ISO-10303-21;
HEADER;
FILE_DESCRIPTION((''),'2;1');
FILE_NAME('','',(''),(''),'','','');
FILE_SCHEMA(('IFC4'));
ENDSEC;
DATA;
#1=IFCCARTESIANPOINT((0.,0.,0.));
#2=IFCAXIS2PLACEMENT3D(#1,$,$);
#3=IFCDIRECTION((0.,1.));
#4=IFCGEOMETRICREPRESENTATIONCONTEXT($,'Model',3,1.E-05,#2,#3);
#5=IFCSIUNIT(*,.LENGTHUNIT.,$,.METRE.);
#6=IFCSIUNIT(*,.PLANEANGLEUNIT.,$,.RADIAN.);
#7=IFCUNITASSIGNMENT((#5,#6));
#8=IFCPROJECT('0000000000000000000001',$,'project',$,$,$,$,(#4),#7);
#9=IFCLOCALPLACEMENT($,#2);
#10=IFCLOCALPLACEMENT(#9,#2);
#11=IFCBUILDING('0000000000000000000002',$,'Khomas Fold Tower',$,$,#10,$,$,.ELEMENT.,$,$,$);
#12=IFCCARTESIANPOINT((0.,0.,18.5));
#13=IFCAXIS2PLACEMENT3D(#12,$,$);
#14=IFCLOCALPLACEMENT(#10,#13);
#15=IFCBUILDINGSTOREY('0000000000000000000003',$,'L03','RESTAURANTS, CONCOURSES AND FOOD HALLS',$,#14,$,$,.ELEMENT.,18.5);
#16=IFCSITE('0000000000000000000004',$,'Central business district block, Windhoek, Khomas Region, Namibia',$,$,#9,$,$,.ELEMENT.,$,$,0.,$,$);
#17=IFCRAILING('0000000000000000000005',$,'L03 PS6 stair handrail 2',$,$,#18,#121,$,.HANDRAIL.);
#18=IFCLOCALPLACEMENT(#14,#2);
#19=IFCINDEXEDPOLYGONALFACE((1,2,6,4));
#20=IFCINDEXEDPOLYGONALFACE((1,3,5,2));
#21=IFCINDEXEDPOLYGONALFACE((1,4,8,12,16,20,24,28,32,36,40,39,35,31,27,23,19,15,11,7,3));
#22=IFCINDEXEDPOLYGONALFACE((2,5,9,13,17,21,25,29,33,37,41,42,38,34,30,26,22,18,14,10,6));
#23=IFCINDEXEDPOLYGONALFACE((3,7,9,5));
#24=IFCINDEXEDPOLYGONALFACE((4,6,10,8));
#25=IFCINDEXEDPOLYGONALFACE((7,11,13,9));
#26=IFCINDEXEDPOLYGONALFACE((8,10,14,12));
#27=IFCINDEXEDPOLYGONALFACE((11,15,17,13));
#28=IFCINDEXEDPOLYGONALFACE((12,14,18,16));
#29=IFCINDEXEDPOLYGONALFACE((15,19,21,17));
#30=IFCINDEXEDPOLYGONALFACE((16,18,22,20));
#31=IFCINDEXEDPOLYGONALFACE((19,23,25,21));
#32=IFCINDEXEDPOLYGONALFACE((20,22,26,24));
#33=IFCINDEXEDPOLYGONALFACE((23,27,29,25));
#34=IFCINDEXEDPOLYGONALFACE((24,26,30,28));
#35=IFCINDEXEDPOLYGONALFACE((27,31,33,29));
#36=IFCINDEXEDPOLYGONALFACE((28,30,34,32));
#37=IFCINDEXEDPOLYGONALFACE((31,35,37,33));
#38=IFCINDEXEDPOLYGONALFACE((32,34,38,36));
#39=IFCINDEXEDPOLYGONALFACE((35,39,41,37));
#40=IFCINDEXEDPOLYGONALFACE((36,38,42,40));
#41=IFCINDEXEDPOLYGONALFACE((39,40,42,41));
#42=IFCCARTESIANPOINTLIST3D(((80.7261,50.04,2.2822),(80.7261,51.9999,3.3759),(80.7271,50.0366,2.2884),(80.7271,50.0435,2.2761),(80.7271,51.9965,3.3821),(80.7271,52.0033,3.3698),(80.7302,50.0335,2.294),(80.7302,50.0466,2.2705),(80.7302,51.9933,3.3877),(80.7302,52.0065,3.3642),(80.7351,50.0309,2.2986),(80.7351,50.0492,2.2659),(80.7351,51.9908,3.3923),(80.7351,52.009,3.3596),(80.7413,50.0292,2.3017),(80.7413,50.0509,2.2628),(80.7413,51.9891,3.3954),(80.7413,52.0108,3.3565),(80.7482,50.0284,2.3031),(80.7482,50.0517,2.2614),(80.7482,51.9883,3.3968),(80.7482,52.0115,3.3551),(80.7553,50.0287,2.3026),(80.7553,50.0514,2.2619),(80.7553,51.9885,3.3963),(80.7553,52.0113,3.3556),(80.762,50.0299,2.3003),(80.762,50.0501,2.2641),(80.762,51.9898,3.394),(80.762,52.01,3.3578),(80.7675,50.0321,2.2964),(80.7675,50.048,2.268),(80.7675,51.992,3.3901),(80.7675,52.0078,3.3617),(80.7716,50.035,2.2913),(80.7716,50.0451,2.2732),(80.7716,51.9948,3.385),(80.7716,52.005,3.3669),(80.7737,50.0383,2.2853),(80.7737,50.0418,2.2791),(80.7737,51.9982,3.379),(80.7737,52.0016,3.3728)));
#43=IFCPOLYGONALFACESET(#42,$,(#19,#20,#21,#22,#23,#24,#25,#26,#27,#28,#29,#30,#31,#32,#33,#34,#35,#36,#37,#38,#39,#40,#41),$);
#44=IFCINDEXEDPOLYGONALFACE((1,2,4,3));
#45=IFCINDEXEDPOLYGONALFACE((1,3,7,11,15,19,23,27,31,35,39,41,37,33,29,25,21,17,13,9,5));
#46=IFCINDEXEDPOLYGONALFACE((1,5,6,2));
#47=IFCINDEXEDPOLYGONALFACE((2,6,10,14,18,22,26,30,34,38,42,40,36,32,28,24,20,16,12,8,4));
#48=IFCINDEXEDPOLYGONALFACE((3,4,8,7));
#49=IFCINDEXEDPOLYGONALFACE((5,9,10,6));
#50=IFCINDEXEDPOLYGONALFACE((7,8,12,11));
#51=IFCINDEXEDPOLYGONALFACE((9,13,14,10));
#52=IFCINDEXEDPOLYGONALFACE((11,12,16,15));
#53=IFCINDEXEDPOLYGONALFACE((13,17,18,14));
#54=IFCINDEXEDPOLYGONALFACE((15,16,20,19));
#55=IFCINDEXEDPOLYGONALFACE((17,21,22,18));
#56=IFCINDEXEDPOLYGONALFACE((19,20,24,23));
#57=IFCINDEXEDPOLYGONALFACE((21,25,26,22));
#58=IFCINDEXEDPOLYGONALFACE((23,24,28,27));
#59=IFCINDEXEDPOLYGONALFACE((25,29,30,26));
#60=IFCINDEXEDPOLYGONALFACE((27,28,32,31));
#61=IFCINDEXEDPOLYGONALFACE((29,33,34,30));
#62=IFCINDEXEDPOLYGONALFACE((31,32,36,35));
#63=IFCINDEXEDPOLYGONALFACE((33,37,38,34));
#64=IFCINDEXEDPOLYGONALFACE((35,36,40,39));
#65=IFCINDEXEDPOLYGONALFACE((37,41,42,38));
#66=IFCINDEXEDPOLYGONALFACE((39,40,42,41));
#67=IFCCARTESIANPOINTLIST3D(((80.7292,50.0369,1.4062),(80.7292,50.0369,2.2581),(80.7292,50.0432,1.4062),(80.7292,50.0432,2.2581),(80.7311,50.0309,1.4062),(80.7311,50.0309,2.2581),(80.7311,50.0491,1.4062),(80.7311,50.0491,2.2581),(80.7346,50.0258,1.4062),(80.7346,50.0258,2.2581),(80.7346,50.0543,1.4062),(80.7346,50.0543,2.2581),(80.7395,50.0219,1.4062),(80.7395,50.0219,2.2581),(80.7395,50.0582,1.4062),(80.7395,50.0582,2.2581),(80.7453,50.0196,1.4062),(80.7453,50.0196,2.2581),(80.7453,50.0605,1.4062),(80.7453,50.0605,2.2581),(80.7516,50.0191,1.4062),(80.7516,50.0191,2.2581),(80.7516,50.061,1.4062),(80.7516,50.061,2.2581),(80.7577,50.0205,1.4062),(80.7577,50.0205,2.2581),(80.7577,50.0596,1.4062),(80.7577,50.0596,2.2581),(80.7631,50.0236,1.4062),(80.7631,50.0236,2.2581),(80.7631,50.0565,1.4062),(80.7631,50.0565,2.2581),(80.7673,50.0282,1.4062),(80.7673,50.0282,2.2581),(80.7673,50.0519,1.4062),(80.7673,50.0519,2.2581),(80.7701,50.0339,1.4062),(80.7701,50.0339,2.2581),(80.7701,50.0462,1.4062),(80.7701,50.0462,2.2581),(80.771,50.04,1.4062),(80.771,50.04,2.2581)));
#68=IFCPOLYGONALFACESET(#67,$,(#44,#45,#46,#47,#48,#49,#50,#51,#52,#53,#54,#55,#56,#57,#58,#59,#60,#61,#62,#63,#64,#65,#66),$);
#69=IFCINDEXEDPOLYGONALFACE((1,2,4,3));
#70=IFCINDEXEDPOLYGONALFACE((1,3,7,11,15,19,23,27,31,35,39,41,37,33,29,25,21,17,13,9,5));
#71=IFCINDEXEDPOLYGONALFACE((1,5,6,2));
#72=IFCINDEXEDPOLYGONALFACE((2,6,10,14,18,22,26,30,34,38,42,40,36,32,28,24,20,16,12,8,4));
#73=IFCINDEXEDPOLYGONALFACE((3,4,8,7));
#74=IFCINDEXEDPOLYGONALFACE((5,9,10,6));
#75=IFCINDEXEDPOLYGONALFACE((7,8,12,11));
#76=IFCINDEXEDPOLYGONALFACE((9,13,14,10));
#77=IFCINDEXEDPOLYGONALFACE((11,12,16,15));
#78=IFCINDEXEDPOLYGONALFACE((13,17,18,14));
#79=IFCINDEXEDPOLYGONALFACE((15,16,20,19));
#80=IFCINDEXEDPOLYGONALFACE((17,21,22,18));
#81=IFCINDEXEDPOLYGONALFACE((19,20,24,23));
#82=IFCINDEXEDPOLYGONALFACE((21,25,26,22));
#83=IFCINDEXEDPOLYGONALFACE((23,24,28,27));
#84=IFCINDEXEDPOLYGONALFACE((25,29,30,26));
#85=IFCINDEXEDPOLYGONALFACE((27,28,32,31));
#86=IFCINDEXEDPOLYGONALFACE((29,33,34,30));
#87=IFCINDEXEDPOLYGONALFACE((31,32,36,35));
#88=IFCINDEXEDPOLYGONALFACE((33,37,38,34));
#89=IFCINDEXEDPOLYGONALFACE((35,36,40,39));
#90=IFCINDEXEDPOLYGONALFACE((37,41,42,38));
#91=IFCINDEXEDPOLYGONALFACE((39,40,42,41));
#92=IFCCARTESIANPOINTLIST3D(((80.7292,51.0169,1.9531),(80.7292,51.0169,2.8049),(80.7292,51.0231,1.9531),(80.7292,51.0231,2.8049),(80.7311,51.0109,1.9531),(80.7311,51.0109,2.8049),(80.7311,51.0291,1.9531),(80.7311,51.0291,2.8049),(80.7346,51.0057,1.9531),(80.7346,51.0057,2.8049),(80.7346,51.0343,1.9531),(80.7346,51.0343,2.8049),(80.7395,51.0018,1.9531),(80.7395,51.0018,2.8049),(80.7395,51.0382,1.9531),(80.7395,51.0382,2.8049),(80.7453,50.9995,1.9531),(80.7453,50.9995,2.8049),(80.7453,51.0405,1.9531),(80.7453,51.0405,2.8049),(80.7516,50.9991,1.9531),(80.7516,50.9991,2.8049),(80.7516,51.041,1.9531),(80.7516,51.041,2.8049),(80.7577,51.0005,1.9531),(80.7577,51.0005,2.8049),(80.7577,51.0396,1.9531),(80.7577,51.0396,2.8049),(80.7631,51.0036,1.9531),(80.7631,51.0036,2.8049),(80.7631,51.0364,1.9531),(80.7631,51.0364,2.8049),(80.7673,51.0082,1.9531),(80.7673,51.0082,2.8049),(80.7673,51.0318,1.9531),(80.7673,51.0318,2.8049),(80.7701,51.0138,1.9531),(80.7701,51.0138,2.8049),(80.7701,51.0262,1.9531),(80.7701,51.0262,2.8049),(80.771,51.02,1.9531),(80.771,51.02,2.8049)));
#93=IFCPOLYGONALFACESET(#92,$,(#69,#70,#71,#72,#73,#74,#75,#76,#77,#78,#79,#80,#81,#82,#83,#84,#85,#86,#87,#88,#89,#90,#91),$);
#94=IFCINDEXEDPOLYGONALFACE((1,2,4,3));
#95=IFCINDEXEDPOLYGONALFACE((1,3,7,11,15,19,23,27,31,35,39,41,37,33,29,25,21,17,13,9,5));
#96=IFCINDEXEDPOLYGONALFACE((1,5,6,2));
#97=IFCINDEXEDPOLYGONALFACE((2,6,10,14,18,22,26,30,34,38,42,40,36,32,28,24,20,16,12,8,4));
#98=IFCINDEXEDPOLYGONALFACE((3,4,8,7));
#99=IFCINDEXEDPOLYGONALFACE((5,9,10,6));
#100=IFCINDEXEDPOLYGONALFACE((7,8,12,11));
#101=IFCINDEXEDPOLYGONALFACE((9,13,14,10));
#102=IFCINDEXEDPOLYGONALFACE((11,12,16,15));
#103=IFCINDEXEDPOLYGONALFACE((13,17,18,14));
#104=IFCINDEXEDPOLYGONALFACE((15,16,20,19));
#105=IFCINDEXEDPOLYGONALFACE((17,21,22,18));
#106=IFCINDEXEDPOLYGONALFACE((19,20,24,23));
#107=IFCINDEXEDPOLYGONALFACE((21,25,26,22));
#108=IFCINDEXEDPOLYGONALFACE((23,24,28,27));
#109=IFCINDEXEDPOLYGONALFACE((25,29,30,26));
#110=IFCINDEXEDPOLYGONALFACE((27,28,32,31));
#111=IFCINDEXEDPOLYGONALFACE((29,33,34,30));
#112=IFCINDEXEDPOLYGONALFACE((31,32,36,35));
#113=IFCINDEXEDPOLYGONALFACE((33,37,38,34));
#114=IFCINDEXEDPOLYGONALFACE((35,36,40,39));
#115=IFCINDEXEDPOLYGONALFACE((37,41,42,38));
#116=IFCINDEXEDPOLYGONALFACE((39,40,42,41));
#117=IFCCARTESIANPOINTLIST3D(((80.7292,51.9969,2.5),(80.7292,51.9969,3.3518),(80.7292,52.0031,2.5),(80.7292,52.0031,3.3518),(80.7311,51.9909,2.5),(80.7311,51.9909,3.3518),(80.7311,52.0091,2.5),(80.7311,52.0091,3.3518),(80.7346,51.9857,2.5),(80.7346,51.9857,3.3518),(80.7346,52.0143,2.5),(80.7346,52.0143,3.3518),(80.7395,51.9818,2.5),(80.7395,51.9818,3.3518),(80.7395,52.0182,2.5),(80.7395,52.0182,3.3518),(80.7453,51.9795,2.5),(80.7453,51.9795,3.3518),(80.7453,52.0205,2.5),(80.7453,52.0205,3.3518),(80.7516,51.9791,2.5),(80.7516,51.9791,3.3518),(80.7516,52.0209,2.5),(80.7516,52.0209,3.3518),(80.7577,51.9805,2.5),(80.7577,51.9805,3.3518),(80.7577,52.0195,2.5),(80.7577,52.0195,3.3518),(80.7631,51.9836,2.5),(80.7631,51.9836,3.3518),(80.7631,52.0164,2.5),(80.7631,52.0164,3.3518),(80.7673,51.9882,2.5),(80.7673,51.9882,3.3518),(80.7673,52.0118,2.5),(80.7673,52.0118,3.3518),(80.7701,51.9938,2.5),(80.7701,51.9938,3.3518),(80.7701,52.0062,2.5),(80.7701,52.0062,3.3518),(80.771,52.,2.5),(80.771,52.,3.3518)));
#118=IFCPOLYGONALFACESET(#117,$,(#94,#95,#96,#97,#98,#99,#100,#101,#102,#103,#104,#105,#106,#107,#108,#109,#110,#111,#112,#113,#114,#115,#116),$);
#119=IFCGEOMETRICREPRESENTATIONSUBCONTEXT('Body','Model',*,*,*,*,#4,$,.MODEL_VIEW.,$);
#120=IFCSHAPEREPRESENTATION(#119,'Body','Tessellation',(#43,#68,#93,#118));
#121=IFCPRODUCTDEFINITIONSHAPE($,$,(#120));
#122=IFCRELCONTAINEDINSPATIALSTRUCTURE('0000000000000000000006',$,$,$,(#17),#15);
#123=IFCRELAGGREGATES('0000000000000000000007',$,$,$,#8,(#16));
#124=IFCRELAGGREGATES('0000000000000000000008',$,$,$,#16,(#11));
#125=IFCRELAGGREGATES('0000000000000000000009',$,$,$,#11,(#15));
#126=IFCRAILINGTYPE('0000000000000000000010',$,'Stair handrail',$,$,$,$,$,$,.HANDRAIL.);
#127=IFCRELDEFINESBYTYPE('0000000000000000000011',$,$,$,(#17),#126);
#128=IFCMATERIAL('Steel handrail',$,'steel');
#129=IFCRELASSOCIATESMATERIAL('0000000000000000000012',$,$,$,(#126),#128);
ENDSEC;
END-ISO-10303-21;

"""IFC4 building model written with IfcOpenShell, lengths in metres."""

from ifc_helpers import new_model, si_unit, direction, frame, origin, origin_2d, place, context, subcontext, project, spatial, circle, extrude, source, transform, mapped, material, type_object, element, save


model = new_model("IFC4")

# Units and contexts
model_context = context("Model", 3, precision=1e-05, world=origin(), true_north=direction((0.0, 1.0)))
body_context = subcontext(model_context, "Body", "Model", "MODEL_VIEW")
ifc_project = project(units=[si_unit("LENGTHUNIT", "METRE"), si_unit("PLANEANGLEUNIT", "RADIAN")], contexts=[model_context])

# Site, building, storey
site_placement = place(None, origin())
site = spatial("IfcSite", under=ifc_project, at=site_placement, Name="Central business district block, Windhoek, Khomas Region, Namibia", CompositionType="ELEMENT", RefElevation=0.0)
building_placement = place(site_placement, origin())
building = spatial("IfcBuilding", under=site, at=building_placement, Name="Khomas Fold Tower", CompositionType="ELEMENT")
storey_placement = place(building_placement, frame((0.0, 0.0, 18.5)))
storey = spatial("IfcBuildingStorey", under=building, at=storey_placement, Name="L03", Description="RESTAURANTS, CONCOURSES AND FOOD HALLS", CompositionType="ELEMENT", Elevation=18.5)

# Railing
ifc_material_1 = material(Name="Steel handrail", Category="steel")
railing_type_1 = type_object("IfcRailingType", Name="Stair handrail", PredefinedType="HANDRAIL", material=ifc_material_1)
shared_shape_1 = source(origin(), body_context, "Body", "SweptSolid", [
    extrude(circle(Radius=0.0239, at=origin_2d()), frame((0.0, 0.0, 0.876), z_axis=(0.0, 0.873232, 0.487304), x_axis=(-1.0, 0.0, 0.0)), (0.0, 0.0, 1.0), 2.2444),
    extrude(circle(Radius=0.021, at=origin_2d()), origin(), (0.0, 0.0, 1.0), 0.8518),
    extrude(circle(Radius=0.021, at=origin_2d()), frame((0.0, 0.98, 0.5469)), (0.0, 0.0, 1.0), 0.8518),
    extrude(circle(Radius=0.021, at=origin_2d()), frame((0.0, 1.96, 1.0938)), (0.0, 0.0, 1.0), 0.8518),
])
for number, where, name in (
    (1, (80.75, 50.04, 1.4062), "L03 PS6 stair handrail 2"),
):
    element("IfcRailing", number, at=place(storey_placement, frame(where)), inside=storey, type_object=railing_type_1, Name=name, PredefinedType="HANDRAIL", context=body_context, shape_type="MappedRepresentation", body=[
        mapped(shared_shape_1, transform((0.0, 0.0, 0.0))),
    ])

save(model, "model.ifc")
